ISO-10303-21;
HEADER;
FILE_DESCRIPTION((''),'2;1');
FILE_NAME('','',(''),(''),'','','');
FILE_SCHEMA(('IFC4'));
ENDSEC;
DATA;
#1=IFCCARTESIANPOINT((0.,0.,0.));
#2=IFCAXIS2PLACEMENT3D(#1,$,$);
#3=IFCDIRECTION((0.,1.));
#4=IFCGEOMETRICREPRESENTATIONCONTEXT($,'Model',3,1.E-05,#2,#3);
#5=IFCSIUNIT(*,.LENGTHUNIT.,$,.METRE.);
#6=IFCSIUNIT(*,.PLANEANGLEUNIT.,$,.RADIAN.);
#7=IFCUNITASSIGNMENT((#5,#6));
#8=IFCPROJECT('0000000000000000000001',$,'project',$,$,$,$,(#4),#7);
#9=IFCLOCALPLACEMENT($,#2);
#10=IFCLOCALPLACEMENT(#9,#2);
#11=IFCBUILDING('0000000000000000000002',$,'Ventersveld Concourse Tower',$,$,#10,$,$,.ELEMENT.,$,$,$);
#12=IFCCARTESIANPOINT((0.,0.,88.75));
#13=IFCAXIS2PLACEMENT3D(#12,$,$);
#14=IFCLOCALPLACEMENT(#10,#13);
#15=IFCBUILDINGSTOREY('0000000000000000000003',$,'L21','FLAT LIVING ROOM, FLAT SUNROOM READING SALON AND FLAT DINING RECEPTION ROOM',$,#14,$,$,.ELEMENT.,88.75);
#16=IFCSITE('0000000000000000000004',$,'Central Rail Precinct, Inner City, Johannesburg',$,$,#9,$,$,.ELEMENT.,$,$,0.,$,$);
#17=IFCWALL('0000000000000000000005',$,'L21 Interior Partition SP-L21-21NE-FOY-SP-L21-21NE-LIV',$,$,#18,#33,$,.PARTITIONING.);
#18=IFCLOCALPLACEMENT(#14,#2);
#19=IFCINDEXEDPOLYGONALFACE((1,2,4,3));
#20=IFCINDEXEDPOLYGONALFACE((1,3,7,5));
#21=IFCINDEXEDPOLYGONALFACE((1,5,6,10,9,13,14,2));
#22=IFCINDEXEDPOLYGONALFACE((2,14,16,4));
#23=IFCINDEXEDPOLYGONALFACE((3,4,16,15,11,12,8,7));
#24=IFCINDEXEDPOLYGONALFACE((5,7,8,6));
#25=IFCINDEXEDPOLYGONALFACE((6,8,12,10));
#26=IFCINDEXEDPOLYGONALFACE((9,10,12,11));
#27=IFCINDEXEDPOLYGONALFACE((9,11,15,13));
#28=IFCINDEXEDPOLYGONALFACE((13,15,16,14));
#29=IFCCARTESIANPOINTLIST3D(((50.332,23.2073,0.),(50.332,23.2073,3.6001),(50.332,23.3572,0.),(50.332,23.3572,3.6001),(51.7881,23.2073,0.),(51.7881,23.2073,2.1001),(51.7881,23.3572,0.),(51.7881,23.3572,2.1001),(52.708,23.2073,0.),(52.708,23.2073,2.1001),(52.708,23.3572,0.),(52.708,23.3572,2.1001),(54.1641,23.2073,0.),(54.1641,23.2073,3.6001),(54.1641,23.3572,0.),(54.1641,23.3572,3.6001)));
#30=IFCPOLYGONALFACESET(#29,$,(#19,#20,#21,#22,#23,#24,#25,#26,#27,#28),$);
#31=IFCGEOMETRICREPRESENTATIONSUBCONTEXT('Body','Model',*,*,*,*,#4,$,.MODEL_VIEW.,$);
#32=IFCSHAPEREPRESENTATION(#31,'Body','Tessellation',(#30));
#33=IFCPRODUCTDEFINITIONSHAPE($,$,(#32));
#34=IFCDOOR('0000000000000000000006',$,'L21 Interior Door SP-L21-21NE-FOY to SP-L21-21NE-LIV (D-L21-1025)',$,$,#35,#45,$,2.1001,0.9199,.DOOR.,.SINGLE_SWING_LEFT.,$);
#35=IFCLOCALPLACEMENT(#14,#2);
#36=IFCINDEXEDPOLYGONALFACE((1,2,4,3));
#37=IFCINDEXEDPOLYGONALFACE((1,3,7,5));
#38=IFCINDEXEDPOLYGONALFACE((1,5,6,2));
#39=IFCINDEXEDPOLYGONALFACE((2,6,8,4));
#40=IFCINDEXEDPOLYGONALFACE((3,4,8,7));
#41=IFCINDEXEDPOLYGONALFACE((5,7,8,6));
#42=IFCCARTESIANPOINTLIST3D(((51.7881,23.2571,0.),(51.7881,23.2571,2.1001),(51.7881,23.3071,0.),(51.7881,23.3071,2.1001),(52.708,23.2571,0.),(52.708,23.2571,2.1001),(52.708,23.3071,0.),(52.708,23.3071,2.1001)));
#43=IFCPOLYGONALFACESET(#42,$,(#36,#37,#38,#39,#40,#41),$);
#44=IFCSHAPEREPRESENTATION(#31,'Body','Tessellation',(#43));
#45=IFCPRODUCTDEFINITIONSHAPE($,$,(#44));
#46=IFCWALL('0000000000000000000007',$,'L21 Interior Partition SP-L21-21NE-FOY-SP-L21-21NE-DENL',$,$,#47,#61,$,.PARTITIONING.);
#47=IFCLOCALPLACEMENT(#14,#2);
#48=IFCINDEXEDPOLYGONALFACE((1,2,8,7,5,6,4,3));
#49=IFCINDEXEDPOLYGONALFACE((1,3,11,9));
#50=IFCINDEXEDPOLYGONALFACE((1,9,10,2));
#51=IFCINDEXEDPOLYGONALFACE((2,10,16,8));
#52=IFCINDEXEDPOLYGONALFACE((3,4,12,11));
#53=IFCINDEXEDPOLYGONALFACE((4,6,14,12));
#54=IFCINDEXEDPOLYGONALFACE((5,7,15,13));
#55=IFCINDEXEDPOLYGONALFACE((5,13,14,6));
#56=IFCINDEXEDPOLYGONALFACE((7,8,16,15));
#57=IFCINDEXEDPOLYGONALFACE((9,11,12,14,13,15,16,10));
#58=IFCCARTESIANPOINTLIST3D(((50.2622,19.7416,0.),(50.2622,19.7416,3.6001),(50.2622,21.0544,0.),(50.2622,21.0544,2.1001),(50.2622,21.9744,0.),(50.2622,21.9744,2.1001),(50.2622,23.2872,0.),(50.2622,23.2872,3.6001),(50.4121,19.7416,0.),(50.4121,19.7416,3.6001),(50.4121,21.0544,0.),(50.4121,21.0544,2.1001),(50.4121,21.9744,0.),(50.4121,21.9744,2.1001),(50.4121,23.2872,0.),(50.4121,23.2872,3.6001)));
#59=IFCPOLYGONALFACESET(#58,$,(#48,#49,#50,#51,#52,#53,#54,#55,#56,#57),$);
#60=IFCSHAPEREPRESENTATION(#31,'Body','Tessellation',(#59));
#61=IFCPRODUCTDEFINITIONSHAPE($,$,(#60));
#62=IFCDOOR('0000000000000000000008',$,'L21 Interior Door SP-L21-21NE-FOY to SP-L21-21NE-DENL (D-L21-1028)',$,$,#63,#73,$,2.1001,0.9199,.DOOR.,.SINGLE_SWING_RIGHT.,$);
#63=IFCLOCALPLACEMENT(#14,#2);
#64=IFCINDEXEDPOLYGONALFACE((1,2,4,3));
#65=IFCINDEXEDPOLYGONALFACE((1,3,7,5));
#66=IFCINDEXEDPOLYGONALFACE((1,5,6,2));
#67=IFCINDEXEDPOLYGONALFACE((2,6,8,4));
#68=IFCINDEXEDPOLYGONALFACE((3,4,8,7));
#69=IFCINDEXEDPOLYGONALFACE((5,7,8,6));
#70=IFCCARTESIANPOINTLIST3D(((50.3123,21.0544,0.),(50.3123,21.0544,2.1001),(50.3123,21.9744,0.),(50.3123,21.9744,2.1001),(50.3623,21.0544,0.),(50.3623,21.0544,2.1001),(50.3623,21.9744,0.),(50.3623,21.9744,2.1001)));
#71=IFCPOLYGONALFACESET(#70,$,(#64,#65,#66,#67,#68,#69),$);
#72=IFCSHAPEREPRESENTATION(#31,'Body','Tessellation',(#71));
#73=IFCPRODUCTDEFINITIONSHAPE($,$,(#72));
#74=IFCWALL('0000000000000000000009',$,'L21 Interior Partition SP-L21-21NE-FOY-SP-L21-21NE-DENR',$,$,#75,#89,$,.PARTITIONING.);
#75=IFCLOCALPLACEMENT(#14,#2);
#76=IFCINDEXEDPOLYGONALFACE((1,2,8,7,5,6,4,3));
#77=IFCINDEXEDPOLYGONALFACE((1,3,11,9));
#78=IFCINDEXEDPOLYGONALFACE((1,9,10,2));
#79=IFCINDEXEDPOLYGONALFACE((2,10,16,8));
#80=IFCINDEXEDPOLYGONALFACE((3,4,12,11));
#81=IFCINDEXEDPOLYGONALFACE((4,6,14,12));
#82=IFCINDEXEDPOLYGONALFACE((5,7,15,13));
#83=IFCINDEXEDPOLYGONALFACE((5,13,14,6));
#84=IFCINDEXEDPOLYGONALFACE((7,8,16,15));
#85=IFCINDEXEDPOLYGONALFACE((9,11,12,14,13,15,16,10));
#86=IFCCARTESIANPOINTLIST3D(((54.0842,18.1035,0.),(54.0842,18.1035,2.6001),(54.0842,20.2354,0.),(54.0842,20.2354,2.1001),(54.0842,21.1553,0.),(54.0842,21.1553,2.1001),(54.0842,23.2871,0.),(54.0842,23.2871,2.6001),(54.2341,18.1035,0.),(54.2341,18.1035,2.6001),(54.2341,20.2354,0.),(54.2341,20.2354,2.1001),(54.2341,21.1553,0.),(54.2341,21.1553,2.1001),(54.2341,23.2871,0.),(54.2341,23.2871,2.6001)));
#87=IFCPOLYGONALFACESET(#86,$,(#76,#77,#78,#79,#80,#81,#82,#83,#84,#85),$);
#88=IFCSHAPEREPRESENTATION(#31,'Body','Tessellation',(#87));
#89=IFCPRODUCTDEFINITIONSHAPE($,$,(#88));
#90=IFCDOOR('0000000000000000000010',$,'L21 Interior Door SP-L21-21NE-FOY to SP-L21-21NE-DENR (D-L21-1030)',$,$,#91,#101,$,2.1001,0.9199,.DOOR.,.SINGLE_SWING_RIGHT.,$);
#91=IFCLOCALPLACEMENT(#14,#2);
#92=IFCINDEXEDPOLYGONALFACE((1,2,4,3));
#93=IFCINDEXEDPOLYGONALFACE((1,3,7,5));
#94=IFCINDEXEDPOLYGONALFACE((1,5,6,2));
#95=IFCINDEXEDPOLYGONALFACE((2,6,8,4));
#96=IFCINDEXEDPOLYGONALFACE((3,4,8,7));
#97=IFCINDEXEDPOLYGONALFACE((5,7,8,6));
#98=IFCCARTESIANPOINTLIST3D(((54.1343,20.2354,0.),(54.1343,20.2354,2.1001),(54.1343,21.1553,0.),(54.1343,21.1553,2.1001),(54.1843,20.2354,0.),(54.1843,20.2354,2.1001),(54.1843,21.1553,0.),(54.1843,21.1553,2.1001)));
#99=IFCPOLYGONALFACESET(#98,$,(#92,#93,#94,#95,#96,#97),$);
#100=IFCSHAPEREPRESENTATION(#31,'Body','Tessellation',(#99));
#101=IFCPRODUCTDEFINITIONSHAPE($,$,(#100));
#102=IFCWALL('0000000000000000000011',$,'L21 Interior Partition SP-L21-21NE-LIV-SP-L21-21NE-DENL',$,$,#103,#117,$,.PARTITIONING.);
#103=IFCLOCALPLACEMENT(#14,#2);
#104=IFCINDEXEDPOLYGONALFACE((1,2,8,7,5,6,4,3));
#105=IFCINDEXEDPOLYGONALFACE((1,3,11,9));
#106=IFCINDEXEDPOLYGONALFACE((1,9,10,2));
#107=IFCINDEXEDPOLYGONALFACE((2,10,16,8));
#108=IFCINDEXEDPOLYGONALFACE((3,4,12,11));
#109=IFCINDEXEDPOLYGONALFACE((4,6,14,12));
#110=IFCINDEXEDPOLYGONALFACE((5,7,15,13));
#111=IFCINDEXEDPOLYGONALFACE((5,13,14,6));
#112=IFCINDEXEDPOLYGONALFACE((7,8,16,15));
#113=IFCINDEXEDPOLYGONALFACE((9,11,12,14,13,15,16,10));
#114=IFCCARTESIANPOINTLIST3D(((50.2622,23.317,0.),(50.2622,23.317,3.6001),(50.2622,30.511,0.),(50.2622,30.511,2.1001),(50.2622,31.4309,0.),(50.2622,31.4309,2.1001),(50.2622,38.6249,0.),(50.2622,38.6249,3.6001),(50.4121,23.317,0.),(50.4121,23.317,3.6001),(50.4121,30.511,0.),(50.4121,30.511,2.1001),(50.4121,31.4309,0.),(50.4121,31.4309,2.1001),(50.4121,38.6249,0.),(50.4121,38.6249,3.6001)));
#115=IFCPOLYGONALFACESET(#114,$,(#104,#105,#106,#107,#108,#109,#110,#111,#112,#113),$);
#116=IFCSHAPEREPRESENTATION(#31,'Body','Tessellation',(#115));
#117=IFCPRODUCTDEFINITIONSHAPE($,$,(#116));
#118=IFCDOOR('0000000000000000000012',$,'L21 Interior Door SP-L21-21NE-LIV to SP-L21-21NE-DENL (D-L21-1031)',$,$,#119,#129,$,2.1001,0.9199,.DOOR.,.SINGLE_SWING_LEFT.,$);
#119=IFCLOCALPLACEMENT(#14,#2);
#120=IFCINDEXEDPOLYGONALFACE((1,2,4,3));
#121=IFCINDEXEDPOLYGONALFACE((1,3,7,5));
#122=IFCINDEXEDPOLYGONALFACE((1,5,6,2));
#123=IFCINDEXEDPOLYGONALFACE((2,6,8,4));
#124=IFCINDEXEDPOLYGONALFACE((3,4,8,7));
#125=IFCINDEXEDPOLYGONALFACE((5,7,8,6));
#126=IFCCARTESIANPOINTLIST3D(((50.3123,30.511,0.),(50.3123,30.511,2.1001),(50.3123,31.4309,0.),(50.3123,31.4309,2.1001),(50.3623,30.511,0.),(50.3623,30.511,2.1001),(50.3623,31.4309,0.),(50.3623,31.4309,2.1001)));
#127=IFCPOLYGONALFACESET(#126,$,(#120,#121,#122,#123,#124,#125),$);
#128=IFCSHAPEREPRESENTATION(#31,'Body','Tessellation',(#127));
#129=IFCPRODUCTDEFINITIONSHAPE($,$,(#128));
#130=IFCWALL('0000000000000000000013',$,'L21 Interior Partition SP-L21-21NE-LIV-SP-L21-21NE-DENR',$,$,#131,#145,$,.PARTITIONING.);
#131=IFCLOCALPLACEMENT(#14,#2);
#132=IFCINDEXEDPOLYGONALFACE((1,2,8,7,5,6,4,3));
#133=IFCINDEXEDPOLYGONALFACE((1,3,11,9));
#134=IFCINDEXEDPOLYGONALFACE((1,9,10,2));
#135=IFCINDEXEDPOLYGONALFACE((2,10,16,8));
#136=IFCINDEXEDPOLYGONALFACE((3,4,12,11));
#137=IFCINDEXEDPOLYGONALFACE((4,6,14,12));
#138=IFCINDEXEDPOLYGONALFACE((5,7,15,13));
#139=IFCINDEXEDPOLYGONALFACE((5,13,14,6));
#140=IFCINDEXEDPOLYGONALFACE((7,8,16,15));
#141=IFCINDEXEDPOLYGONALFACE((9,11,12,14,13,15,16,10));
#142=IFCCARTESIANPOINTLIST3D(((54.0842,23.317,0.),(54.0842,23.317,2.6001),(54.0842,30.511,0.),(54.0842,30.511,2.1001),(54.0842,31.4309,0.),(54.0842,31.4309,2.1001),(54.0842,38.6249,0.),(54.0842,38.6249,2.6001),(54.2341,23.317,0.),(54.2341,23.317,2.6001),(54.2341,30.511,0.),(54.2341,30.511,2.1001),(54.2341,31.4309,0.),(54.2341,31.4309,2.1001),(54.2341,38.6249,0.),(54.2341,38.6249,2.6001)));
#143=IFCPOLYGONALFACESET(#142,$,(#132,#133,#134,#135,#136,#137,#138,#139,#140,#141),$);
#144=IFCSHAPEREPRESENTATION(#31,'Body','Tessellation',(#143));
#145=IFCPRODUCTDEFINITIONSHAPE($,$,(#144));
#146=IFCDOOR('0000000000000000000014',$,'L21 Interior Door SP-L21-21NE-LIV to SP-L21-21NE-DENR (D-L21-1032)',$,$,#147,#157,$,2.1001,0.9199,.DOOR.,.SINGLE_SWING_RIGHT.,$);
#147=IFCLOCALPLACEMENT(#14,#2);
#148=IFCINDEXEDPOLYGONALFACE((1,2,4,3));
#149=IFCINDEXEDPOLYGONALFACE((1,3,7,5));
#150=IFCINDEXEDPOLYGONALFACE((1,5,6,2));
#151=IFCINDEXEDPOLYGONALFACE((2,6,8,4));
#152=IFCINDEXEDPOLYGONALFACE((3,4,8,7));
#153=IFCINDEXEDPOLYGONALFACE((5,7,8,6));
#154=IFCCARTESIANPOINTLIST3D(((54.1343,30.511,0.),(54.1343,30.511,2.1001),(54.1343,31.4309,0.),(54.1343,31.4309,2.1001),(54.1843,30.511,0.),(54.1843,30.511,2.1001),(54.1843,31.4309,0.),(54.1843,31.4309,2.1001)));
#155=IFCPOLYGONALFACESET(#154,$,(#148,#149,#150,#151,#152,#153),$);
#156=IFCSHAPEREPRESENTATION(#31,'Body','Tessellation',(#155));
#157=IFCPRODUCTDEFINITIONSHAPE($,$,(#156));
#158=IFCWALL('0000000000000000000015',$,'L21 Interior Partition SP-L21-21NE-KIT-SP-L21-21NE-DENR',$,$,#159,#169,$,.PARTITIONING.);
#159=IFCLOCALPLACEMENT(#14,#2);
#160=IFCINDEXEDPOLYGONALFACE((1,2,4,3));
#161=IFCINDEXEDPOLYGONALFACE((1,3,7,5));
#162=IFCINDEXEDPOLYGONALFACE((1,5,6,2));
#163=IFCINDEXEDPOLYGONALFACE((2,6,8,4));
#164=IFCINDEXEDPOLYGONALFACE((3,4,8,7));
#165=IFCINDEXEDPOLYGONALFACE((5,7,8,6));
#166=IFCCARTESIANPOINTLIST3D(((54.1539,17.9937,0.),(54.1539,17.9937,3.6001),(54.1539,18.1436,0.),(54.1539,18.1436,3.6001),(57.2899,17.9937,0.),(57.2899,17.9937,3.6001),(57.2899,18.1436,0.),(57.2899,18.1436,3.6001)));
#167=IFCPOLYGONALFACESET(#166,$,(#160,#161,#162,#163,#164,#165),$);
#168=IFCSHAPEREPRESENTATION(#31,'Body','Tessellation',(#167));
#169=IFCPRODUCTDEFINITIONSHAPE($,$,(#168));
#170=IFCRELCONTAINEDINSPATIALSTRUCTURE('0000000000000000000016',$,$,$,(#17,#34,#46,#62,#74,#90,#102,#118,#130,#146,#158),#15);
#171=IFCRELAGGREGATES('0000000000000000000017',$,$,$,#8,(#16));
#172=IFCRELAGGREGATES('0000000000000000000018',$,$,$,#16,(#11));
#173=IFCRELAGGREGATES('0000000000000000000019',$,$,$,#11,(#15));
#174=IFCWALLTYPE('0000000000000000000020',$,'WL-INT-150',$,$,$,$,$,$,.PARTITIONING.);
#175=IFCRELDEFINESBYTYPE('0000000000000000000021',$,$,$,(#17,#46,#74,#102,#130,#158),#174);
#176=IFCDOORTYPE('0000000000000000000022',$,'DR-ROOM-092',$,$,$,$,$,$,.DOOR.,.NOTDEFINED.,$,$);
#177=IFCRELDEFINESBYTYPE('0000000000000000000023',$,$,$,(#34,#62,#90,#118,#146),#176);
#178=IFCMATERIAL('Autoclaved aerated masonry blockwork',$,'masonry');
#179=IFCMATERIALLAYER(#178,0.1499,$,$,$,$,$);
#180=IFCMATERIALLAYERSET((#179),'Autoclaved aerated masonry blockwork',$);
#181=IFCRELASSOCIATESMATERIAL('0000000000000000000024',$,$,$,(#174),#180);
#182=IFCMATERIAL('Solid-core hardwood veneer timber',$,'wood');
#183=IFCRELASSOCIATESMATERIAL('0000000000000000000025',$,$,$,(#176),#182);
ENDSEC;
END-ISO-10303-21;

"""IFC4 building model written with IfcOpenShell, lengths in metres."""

from ifc_helpers import new_model, si_unit, direction, frame, frame_2d, origin, place, context, subcontext, project, spatial, rectangle, extrude, material, layer, layer_set, type_object, element, fill, save


model = new_model("IFC4")

# Units and contexts
model_context = context("Model", 3, precision=1e-05, world=origin(), true_north=direction((0.0, 1.0)))
body_context = subcontext(model_context, "Body", "Model", "MODEL_VIEW")
ifc_project = project(units=[si_unit("LENGTHUNIT", "METRE"), si_unit("PLANEANGLEUNIT", "RADIAN")], contexts=[model_context])

# Site, building, storey
site_placement = place(None, origin())
site = spatial("IfcSite", under=ifc_project, at=site_placement, Name="Central Rail Precinct, Inner City, Johannesburg", CompositionType="ELEMENT", RefElevation=0.0)
building_placement = place(site_placement, origin())
building = spatial("IfcBuilding", under=site, at=building_placement, Name="Ventersveld Concourse Tower", CompositionType="ELEMENT")
storey_placement = place(building_placement, frame((0.0, 0.0, 88.75)))
storey = spatial("IfcBuildingStorey", under=building, at=storey_placement, Name="L21", Description="FLAT LIVING ROOM, FLAT SUNROOM READING SALON AND FLAT DINING RECEPTION ROOM", CompositionType="ELEMENT", Elevation=88.75)

# Walls, openings, doors
ifc_material_1 = material(Name="Autoclaved aerated masonry blockwork", Category="masonry")
ifc_layer_1 = layer(ifc_material_1, 0.1499)
ifc_layer_set_1 = layer_set([ifc_layer_1], Name="Autoclaved aerated masonry blockwork")
wall_type_1 = type_object("IfcWallType", Name="WL-INT-150", PredefinedType="PARTITIONING", material=ifc_layer_set_1)
wall_1_placement = place(storey_placement, frame((50.332, 23.2822, 0.0), z_axis=(0.0, 0.0, 1.0), x_axis=(1.0, 0.0, 0.0)))
wall_1 = element("IfcWall", 1, at=wall_1_placement, inside=storey, type_object=wall_type_1, Name="L21 Interior Partition SP-L21-21NE-FOY-SP-L21-21NE-LIV", PredefinedType="PARTITIONING", context=body_context, shape_type="SweptSolid", body=[
    extrude(rectangle(XDim=3.832, YDim=0.1499, at=frame_2d((1.916, 0.0))), origin(), (0.0, 0.0, 1.0), 3.6001),
])
opening_1_placement = place(wall_1_placement, frame((1.4561, 0.0, 0.0)))
opening_1 = element("IfcOpeningElement", 2, at=opening_1_placement, cuts=wall_1, PredefinedType="OPENING", context=body_context, shape_type="SweptSolid", body=[
    extrude(rectangle(XDim=0.9199, YDim=2.1001, at=frame_2d((0.46, 1.05))), frame((0.0, 0.085, 0.0), z_axis=(0.0, -1.0, 0.0), x_axis=(1.0, 0.0, 0.0)), (0.0, 0.0, 1.0), 0.1699),
])
ifc_material_2 = material(Name="Solid-core hardwood veneer timber", Category="wood")
door_type_1 = type_object("IfcDoorType", Name="DR-ROOM-092", OperationType="NOTDEFINED", PredefinedType="DOOR", material=ifc_material_2)
door_1_placement = place(opening_1_placement, origin())
door_1 = element("IfcDoor", 3, at=door_1_placement, inside=storey, type_object=door_type_1, Name="L21 Interior Door SP-L21-21NE-FOY to SP-L21-21NE-LIV (D-L21-1025)", OperationType="SINGLE_SWING_LEFT", OverallHeight=2.1001, OverallWidth=0.9199, PredefinedType="DOOR", context=body_context, shape_type="SweptSolid", body=[
    extrude(rectangle(XDim=0.9199, YDim=2.1001, at=frame_2d((0.46, 1.05))), frame((0.0, 0.0249, 0.0), z_axis=(0.0, -1.0, 0.0), x_axis=(1.0, 0.0, 0.0)), (0.0, 0.0, 1.0), 0.05),
])
fill(opening_1, door_1)
wall_2_placement = place(storey_placement, frame((50.3372, 19.7415, 0.0), z_axis=(0.0, 0.0, 1.0), x_axis=(0.0, 1.0, 0.0)))
wall_2 = element("IfcWall", 4, at=wall_2_placement, inside=storey, type_object=wall_type_1, Name="L21 Interior Partition SP-L21-21NE-FOY-SP-L21-21NE-DENL", PredefinedType="PARTITIONING", context=body_context, shape_type="SweptSolid", body=[
    extrude(rectangle(XDim=3.5457, YDim=0.1499, at=frame_2d((1.7729, 0.0))), origin(), (0.0, 0.0, 1.0), 3.6001),
])
opening_2_placement = place(wall_2_placement, frame((1.313, 0.0, 0.0)))
opening_2 = element("IfcOpeningElement", 5, at=opening_2_placement, cuts=wall_2, PredefinedType="OPENING", context=body_context, shape_type="SweptSolid", body=[
    extrude(rectangle(XDim=0.9199, YDim=2.1001, at=frame_2d((0.46, 1.05))), frame((0.0, 0.085, 0.0), z_axis=(0.0, -1.0, 0.0), x_axis=(1.0, 0.0, 0.0)), (0.0, 0.0, 1.0), 0.1699),
])
door_2_placement = place(opening_2_placement, origin())
door_2 = element("IfcDoor", 6, at=door_2_placement, inside=storey, type_object=door_type_1, Name="L21 Interior Door SP-L21-21NE-FOY to SP-L21-21NE-DENL (D-L21-1028)", OperationType="SINGLE_SWING_RIGHT", OverallHeight=2.1001, OverallWidth=0.9199, PredefinedType="DOOR", context=body_context, shape_type="SweptSolid", body=[
    extrude(rectangle(XDim=0.9199, YDim=2.1001, at=frame_2d((0.46, 1.05))), frame((0.0, 0.0249, 0.0), z_axis=(0.0, -1.0, 0.0), x_axis=(1.0, 0.0, 0.0)), (0.0, 0.0, 1.0), 0.05),
])
fill(opening_2, door_2)
wall_3_placement = place(storey_placement, frame((54.1592, 18.1035, 0.0), z_axis=(0.0, 0.0, 1.0), x_axis=(0.0, 1.0, 0.0)))
wall_3 = element("IfcWall", 7, at=wall_3_placement, inside=storey, type_object=wall_type_1, Name="L21 Interior Partition SP-L21-21NE-FOY-SP-L21-21NE-DENR", PredefinedType="PARTITIONING", context=body_context, shape_type="SweptSolid", body=[
    extrude(rectangle(XDim=5.1836, YDim=0.1499, at=frame_2d((2.5918, 0.0))), origin(), (0.0, 0.0, 1.0), 2.6001),
])
opening_3_placement = place(wall_3_placement, frame((2.1318, 0.0, 0.0)))
opening_3 = element("IfcOpeningElement", 8, at=opening_3_placement, cuts=wall_3, PredefinedType="OPENING", context=body_context, shape_type="SweptSolid", body=[
    extrude(rectangle(XDim=0.9199, YDim=2.1001, at=frame_2d((0.46, 1.05))), frame((0.0, 0.085, 0.0), z_axis=(0.0, -1.0, 0.0), x_axis=(1.0, 0.0, 0.0)), (0.0, 0.0, 1.0), 0.1699),
])
door_3_placement = place(opening_3_placement, origin())
door_3 = element("IfcDoor", 9, at=door_3_placement, inside=storey, type_object=door_type_1, Name="L21 Interior Door SP-L21-21NE-FOY to SP-L21-21NE-DENR (D-L21-1030)", OperationType="SINGLE_SWING_RIGHT", OverallHeight=2.1001, OverallWidth=0.9199, PredefinedType="DOOR", context=body_context, shape_type="SweptSolid", body=[
    extrude(rectangle(XDim=0.9199, YDim=2.1001, at=frame_2d((0.46, 1.05))), frame((0.0, 0.0249, 0.0), z_axis=(0.0, -1.0, 0.0), x_axis=(1.0, 0.0, 0.0)), (0.0, 0.0, 1.0), 0.05),
])
fill(opening_3, door_3)
wall_4_placement = place(storey_placement, frame((50.3372, 23.3171, 0.0), z_axis=(0.0, 0.0, 1.0), x_axis=(0.0, 1.0, 0.0)))
wall_4 = element("IfcWall", 10, at=wall_4_placement, inside=storey, type_object=wall_type_1, Name="L21 Interior Partition SP-L21-21NE-LIV-SP-L21-21NE-DENL", PredefinedType="PARTITIONING", context=body_context, shape_type="SweptSolid", body=[
    extrude(rectangle(XDim=15.3079, YDim=0.1499, at=frame_2d((7.6538, 0.0))), origin(), (0.0, 0.0, 1.0), 3.6001),
])
opening_4_placement = place(wall_4_placement, frame((7.1938, 0.0, 0.0)))
opening_4 = element("IfcOpeningElement", 11, at=opening_4_placement, cuts=wall_4, PredefinedType="OPENING", context=body_context, shape_type="SweptSolid", body=[
    extrude(rectangle(XDim=0.9199, YDim=2.1001, at=frame_2d((0.46, 1.05))), frame((0.0, 0.085, 0.0), z_axis=(0.0, -1.0, 0.0), x_axis=(1.0, 0.0, 0.0)), (0.0, 0.0, 1.0), 0.1699),
])
door_4_placement = place(opening_4_placement, origin())
door_4 = element("IfcDoor", 12, at=door_4_placement, inside=storey, type_object=door_type_1, Name="L21 Interior Door SP-L21-21NE-LIV to SP-L21-21NE-DENL (D-L21-1031)", OperationType="SINGLE_SWING_LEFT", OverallHeight=2.1001, OverallWidth=0.9199, PredefinedType="DOOR", context=body_context, shape_type="SweptSolid", body=[
    extrude(rectangle(XDim=0.9199, YDim=2.1001, at=frame_2d((0.46, 1.05))), frame((0.0, 0.0249, 0.0), z_axis=(0.0, -1.0, 0.0), x_axis=(1.0, 0.0, 0.0)), (0.0, 0.0, 1.0), 0.05),
])
fill(opening_4, door_4)
wall_5_placement = place(storey_placement, frame((54.1592, 23.3171, 0.0), z_axis=(0.0, 0.0, 1.0), x_axis=(0.0, 1.0, 0.0)))
wall_5 = element("IfcWall", 13, at=wall_5_placement, inside=storey, type_object=wall_type_1, Name="L21 Interior Partition SP-L21-21NE-LIV-SP-L21-21NE-DENR", PredefinedType="PARTITIONING", context=body_context, shape_type="SweptSolid", body=[
    extrude(rectangle(XDim=15.3079, YDim=0.1499, at=frame_2d((7.6538, 0.0))), origin(), (0.0, 0.0, 1.0), 2.6001),
])
opening_5_placement = place(wall_5_placement, frame((7.1938, 0.0, 0.0)))
opening_5 = element("IfcOpeningElement", 14, at=opening_5_placement, cuts=wall_5, PredefinedType="OPENING", context=body_context, shape_type="SweptSolid", body=[
    extrude(rectangle(XDim=0.9199, YDim=2.1001, at=frame_2d((0.46, 1.05))), frame((0.0, 0.085, 0.0), z_axis=(0.0, -1.0, 0.0), x_axis=(1.0, 0.0, 0.0)), (0.0, 0.0, 1.0), 0.1699),
])
door_5_placement = place(opening_5_placement, origin())
door_5 = element("IfcDoor", 15, at=door_5_placement, inside=storey, type_object=door_type_1, Name="L21 Interior Door SP-L21-21NE-LIV to SP-L21-21NE-DENR (D-L21-1032)", OperationType="SINGLE_SWING_RIGHT", OverallHeight=2.1001, OverallWidth=0.9199, PredefinedType="DOOR", context=body_context, shape_type="SweptSolid", body=[
    extrude(rectangle(XDim=0.9199, YDim=2.1001, at=frame_2d((0.46, 1.05))), frame((0.0, 0.0249, 0.0), z_axis=(0.0, -1.0, 0.0), x_axis=(1.0, 0.0, 0.0)), (0.0, 0.0, 1.0), 0.05),
])
fill(opening_5, door_5)

# Wall
wall_6_placement = place(storey_placement, frame((54.1541, 18.0686, 0.0), z_axis=(0.0, 0.0, 1.0), x_axis=(1.0, 0.0, 0.0)))
element("IfcWall", 16, at=wall_6_placement, inside=storey, type_object=wall_type_1, Name="L21 Interior Partition SP-L21-21NE-KIT-SP-L21-21NE-DENR", PredefinedType="PARTITIONING", context=body_context, shape_type="SweptSolid", body=[
    extrude(rectangle(XDim=3.136, YDim=0.1499, at=frame_2d((1.5679, 0.0))), origin(), (0.0, 0.0, 1.0), 3.6001),
])

save(model, "model.ifc")
